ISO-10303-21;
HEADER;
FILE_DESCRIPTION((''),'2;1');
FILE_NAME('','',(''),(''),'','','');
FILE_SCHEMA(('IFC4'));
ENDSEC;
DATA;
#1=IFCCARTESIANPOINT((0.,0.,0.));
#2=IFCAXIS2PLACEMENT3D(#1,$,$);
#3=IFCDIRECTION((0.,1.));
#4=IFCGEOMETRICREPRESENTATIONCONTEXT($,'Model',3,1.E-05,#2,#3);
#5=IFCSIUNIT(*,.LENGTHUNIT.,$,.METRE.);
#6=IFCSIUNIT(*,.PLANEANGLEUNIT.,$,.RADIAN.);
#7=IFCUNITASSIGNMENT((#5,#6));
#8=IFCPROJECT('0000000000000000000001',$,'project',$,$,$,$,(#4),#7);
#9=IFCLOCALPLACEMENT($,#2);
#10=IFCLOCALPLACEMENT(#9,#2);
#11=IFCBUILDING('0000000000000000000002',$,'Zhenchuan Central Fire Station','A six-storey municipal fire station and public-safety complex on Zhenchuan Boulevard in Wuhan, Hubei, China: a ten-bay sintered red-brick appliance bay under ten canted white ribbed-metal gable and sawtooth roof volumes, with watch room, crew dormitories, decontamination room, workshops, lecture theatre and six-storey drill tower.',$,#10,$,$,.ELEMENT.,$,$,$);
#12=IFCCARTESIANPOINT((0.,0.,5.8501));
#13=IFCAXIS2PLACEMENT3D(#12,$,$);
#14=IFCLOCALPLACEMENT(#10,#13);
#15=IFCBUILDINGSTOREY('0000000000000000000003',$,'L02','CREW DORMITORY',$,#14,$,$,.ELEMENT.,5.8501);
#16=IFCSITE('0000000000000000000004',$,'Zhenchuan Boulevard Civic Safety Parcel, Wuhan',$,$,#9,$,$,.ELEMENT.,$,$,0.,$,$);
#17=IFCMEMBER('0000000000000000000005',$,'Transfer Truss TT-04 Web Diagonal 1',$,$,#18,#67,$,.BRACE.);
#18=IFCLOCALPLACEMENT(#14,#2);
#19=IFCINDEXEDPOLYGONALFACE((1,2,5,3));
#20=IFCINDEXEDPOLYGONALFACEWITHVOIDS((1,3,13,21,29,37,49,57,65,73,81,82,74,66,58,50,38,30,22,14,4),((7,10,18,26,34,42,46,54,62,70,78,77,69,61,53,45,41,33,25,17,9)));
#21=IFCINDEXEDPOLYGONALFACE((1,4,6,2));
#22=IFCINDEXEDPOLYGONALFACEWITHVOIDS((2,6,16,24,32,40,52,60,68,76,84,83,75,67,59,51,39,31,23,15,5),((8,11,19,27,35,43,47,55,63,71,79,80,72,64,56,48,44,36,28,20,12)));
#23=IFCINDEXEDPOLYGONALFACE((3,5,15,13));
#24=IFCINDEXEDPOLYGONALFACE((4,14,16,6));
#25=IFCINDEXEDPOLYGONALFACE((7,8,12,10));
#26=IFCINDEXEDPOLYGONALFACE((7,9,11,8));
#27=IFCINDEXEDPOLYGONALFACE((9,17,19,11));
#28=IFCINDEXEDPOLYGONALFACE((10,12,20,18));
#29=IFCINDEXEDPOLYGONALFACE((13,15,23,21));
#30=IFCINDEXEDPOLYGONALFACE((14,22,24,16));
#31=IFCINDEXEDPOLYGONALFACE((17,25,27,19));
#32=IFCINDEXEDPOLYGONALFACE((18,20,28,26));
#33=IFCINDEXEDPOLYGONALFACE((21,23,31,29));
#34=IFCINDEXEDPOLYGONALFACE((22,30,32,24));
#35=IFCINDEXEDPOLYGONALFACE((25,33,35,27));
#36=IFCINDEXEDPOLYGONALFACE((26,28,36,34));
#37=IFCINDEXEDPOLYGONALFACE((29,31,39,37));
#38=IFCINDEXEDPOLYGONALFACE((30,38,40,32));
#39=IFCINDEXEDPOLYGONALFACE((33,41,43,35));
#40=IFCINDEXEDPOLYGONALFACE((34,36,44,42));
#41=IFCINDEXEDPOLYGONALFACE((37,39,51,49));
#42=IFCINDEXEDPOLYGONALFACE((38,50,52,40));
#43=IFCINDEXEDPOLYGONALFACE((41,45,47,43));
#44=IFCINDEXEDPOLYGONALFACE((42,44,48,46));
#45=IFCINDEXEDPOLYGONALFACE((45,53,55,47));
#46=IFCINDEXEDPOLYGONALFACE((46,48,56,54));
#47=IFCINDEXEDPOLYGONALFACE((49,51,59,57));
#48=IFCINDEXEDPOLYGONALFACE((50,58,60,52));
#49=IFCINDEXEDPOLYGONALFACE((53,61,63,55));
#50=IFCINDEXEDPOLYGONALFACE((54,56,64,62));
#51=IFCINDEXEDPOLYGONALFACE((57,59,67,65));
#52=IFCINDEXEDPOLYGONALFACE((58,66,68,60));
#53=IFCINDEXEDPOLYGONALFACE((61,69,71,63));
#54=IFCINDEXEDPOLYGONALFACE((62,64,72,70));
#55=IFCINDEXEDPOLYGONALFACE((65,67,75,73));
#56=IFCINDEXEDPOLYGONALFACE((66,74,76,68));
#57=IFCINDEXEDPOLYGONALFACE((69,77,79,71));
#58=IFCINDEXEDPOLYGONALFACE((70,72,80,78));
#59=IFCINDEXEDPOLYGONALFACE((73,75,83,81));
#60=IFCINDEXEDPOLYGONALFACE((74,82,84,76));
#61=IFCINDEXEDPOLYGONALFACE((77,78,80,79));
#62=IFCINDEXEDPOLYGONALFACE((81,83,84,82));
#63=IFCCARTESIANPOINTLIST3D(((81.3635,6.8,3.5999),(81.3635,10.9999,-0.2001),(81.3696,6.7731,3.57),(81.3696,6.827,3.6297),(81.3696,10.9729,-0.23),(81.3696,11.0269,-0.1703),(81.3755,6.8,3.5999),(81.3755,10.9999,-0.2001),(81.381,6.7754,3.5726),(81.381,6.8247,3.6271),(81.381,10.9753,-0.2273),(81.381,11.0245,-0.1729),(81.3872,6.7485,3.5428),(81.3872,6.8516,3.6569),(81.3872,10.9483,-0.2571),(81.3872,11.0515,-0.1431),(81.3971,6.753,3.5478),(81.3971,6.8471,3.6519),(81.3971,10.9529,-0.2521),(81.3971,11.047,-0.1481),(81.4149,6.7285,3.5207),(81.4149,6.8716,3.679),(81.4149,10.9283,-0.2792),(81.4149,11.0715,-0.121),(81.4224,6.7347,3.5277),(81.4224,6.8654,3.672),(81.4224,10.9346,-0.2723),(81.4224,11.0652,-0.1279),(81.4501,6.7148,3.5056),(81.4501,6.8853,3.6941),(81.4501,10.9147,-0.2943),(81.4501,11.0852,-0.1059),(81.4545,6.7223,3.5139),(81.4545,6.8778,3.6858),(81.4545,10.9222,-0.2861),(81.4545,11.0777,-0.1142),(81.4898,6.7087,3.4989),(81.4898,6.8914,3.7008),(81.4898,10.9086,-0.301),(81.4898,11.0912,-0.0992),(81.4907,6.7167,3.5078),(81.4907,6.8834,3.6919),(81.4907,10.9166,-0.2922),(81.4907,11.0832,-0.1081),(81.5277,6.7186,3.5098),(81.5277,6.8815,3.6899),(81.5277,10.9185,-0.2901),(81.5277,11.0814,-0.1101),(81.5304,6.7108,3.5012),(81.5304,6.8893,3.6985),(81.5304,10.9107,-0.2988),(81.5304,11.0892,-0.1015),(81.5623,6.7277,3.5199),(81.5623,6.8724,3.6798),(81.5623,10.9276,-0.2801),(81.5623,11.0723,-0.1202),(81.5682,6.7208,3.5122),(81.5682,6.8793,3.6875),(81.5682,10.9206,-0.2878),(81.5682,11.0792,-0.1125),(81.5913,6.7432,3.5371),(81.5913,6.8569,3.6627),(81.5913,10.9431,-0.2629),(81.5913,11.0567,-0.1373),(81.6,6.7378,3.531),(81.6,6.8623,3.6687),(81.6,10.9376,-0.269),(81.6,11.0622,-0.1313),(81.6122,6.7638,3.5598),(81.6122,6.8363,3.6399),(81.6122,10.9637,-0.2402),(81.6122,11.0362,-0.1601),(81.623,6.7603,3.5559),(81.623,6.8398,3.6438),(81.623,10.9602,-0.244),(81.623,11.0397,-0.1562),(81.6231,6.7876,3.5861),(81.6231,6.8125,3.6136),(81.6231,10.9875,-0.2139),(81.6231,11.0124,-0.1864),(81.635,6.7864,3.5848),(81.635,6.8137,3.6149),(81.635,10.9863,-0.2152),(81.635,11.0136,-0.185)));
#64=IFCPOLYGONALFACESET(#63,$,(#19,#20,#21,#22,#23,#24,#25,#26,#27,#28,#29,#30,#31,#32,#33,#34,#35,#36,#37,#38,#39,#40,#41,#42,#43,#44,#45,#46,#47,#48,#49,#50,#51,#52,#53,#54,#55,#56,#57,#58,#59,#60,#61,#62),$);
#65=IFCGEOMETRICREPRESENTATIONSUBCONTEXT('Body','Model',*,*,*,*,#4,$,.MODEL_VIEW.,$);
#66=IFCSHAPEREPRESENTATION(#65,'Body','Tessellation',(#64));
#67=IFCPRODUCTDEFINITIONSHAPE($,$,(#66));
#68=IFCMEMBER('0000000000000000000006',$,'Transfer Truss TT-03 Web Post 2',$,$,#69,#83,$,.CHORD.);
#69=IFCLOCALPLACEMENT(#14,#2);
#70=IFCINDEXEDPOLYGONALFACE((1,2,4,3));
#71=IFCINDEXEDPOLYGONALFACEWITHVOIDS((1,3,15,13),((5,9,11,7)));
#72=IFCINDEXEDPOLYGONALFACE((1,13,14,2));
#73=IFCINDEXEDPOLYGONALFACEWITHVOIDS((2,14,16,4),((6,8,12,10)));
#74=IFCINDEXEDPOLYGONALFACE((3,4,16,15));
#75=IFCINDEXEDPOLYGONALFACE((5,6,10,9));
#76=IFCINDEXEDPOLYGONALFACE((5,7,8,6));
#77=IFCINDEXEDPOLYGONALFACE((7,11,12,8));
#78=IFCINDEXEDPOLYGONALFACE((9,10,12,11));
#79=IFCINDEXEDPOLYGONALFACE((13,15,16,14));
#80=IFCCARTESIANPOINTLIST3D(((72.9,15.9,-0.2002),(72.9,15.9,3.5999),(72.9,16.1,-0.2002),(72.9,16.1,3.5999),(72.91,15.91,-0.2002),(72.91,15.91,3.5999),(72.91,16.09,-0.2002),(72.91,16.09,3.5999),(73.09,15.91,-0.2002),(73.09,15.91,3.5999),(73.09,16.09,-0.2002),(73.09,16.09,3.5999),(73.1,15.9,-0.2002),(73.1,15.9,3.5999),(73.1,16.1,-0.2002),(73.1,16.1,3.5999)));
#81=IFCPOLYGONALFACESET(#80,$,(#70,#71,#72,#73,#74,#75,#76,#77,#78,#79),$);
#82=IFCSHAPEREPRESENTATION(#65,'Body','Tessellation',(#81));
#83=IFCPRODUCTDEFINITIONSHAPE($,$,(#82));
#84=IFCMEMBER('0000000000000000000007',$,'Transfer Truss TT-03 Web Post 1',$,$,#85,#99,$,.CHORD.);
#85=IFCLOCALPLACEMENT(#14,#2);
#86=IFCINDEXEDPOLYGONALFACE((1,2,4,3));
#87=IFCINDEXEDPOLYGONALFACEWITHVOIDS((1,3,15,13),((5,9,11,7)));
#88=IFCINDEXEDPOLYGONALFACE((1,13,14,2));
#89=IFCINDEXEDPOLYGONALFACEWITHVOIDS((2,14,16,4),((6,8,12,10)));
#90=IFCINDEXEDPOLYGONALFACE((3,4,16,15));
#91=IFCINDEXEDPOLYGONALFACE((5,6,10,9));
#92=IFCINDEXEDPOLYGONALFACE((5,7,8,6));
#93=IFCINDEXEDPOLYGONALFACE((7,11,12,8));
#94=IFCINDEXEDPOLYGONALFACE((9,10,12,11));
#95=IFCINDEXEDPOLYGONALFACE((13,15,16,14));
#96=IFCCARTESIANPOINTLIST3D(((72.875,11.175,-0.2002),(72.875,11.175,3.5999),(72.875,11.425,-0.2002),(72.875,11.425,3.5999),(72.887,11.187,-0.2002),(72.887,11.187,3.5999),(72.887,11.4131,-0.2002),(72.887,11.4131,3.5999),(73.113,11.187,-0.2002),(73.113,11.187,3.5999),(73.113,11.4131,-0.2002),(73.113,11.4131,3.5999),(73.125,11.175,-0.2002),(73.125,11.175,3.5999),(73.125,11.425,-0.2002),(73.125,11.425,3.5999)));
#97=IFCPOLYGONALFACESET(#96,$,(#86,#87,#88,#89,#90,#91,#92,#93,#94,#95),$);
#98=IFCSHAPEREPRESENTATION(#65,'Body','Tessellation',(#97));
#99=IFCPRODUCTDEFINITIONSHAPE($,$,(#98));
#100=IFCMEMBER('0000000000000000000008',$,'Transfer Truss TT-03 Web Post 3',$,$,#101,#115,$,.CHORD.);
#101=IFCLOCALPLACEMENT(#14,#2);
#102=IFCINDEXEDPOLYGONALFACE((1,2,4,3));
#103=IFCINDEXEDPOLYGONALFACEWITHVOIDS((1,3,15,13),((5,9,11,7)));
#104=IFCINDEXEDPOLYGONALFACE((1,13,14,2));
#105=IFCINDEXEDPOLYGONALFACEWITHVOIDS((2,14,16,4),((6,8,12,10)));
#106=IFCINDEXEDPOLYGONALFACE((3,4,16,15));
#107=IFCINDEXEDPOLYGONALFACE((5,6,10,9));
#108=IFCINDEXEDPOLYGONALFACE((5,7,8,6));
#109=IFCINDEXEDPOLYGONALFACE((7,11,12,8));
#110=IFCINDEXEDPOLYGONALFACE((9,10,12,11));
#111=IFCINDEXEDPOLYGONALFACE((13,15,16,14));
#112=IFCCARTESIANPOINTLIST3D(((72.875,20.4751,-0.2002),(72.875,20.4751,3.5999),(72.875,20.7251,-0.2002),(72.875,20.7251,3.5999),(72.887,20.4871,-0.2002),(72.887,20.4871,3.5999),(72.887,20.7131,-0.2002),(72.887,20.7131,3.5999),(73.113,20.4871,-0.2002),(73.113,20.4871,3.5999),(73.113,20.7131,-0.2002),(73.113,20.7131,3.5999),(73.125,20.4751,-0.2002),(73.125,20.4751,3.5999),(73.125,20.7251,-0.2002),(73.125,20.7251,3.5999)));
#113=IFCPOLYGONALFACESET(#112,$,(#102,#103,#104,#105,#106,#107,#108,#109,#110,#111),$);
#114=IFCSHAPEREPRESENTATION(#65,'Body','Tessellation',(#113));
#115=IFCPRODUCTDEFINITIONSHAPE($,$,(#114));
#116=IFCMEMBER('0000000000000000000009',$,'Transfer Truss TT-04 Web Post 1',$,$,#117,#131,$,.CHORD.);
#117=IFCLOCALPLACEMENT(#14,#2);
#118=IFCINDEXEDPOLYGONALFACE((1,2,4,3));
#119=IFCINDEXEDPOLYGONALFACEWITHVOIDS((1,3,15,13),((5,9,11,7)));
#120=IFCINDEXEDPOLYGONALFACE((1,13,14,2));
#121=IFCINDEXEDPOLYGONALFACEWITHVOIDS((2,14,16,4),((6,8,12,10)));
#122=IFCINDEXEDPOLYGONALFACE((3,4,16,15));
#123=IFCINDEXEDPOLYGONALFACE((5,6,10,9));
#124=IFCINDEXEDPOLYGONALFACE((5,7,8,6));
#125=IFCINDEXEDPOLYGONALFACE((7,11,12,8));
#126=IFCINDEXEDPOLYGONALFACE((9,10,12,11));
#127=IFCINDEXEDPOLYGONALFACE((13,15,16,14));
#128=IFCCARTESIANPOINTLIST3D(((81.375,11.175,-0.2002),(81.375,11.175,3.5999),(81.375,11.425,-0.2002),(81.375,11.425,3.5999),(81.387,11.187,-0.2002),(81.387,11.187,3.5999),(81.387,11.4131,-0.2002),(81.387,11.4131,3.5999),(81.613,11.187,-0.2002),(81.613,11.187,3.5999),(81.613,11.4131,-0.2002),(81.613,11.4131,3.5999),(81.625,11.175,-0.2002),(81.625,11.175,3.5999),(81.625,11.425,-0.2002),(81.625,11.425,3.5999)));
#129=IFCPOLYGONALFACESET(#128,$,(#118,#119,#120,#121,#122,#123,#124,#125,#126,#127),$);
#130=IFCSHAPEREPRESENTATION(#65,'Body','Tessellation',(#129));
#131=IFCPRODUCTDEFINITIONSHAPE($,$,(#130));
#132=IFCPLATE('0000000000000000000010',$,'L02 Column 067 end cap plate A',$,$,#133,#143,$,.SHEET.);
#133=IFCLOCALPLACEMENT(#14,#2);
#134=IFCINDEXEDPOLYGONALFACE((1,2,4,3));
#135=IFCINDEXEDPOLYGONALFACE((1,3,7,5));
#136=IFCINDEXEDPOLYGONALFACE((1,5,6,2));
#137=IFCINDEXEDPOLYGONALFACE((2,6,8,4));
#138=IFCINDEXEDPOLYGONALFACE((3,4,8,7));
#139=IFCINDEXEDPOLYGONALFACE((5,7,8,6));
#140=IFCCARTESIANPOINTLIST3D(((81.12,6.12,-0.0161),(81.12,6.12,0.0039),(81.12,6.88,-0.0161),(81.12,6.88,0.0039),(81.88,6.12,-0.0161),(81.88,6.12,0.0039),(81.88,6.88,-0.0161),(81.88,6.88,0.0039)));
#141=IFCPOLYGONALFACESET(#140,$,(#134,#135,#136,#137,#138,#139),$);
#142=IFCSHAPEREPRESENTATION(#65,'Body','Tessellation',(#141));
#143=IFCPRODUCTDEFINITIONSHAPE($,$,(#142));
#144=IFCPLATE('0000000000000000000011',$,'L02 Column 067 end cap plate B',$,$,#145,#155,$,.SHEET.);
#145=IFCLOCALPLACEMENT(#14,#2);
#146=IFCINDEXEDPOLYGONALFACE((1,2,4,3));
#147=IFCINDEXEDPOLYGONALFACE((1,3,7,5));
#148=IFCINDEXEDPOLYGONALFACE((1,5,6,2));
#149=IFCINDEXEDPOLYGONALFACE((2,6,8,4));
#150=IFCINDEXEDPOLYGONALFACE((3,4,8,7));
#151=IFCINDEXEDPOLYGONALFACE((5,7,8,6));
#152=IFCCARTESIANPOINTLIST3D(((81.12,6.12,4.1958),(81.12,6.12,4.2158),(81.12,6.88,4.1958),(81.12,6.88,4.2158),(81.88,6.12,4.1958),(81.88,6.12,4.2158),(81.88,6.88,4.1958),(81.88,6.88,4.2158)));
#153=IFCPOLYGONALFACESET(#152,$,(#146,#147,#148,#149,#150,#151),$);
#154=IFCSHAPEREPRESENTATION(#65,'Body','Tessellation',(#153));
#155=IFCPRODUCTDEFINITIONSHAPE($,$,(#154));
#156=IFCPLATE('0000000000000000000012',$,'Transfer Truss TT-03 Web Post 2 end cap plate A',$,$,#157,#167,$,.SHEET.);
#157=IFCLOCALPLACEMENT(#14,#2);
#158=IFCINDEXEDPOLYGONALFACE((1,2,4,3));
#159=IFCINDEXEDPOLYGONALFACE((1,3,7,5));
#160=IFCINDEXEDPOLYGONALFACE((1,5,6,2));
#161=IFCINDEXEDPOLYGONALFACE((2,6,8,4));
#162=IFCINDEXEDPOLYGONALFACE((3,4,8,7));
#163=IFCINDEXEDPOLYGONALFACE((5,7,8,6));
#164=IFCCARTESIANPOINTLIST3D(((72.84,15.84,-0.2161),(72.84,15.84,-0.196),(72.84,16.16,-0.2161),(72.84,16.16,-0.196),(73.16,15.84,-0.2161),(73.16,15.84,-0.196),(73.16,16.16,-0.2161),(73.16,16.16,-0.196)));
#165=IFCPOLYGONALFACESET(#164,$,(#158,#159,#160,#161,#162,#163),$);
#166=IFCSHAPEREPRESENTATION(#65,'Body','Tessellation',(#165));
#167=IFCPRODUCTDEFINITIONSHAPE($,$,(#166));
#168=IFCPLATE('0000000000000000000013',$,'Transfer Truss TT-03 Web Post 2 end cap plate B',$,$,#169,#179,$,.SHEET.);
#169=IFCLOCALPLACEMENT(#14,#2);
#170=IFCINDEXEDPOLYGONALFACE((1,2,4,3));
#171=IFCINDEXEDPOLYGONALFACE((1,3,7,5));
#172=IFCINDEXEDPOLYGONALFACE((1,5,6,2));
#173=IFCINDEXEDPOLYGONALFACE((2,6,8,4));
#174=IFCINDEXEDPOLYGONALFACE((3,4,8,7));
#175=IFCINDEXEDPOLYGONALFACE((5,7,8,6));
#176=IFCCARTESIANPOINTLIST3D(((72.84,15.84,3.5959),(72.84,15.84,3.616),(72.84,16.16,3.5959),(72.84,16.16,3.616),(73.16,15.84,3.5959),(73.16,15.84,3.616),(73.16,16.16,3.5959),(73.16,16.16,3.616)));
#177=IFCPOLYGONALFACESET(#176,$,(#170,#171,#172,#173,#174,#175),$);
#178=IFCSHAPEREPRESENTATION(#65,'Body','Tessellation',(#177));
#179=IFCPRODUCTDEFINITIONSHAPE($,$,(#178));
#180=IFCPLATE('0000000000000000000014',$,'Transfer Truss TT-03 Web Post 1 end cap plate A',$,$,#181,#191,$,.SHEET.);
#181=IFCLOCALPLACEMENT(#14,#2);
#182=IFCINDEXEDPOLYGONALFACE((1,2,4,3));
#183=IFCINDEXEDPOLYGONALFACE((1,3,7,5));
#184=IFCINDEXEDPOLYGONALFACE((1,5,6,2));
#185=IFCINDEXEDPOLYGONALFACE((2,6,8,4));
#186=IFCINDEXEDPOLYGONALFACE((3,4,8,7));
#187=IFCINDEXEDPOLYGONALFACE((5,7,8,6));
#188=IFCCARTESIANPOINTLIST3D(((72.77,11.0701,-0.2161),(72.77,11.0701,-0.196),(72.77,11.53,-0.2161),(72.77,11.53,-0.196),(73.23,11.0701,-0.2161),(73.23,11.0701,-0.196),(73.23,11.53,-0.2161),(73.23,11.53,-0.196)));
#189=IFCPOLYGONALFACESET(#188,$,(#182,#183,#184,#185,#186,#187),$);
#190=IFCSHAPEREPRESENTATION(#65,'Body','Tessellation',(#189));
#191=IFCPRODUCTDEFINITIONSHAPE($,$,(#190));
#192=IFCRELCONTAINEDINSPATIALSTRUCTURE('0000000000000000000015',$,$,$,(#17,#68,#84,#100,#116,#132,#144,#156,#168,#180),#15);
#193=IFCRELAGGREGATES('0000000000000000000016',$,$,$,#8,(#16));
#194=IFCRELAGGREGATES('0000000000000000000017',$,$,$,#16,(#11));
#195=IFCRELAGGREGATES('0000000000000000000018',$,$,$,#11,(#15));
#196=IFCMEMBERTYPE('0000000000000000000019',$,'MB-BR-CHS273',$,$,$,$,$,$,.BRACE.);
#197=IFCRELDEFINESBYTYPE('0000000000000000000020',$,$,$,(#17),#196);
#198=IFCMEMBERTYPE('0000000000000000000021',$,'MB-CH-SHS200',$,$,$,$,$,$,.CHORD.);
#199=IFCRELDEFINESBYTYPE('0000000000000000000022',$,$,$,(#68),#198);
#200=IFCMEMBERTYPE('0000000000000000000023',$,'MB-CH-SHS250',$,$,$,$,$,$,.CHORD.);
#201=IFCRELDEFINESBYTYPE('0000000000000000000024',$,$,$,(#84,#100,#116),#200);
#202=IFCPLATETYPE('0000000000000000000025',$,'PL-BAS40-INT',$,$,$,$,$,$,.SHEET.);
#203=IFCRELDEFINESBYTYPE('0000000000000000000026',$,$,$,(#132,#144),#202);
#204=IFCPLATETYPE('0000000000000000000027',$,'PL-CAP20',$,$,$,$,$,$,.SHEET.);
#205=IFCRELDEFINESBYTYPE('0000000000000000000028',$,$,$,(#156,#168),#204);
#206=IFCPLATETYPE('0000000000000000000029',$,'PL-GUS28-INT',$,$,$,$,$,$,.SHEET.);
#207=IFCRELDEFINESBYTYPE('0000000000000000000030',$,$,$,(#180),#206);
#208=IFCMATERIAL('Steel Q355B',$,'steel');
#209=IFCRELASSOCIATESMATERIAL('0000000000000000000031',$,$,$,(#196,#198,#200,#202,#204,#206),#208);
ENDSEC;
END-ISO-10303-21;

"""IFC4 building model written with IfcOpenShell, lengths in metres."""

from ifc_helpers import new_model, si_unit, direction, frame, origin, origin_2d, place, context, subcontext, project, spatial, rectangle, hollow_rectangle, hollow_circle, extrude, material, material_profile, profile_set, type_object, element, save


model = new_model("IFC4")

# Units and contexts
model_context = context("Model", 3, precision=1e-05, world=origin(), true_north=direction((0.0, 1.0)))
body_context = subcontext(model_context, "Body", "Model", "MODEL_VIEW")
ifc_project = project(units=[si_unit("LENGTHUNIT", "METRE"), si_unit("PLANEANGLEUNIT", "RADIAN")], contexts=[model_context])

# Site, building, storey
site_placement = place(None, origin())
site = spatial("IfcSite", under=ifc_project, at=site_placement, Name="Zhenchuan Boulevard Civic Safety Parcel, Wuhan", CompositionType="ELEMENT", RefElevation=0.0)
building_placement = place(site_placement, origin())
building = spatial("IfcBuilding", under=site, at=building_placement, Name="Zhenchuan Central Fire Station", Description="A six-storey municipal fire station and public-safety complex on Zhenchuan Boulevard in Wuhan, Hubei, China: a ten-bay sintered red-brick appliance bay under ten canted white ribbed-metal gable and sawtooth roof volumes, with watch room, crew dormitories, decontamination room, workshops, lecture theatre and six-storey drill tower.", CompositionType="ELEMENT")
storey_placement = place(building_placement, frame((0.0, 0.0, 5.8501)))
storey = spatial("IfcBuildingStorey", under=building, at=storey_placement, Name="L02", Description="CREW DORMITORY", CompositionType="ELEMENT", Elevation=5.8501)

# Shared definitions
ifc_material_1 = material(Name="Steel Q355B", Category="steel")

# Members
ifc_material_profile_1 = material_profile(ifc_material_1, hollow_circle(Radius=0.1365, WallThickness=0.012, at=origin_2d()), Name="CHS 273x12")
ifc_profile_set_1 = profile_set([ifc_material_profile_1], Name="Steel Q355B")
member_type_1 = type_object("IfcMemberType", Name="MB-BR-CHS273", PredefinedType="BRACE", material=ifc_profile_set_1)
member_1_placement = place(storey_placement, frame((81.5, 6.8, 3.5999), z_axis=(0.0, 0.741528, -0.670922), x_axis=(-1.0, 0.0, 0.0)))
element("IfcMember", 1, at=member_1_placement, inside=storey, type_object=member_type_1, Name="Transfer Truss TT-04 Web Diagonal 1", PredefinedType="BRACE", context=body_context, shape_type="SweptSolid", body=[
    extrude(hollow_circle(Radius=0.1365, WallThickness=0.012, at=origin_2d()), origin(), (0.0, 0.0, 1.0), 5.6638),
])
ifc_material_profile_2 = material_profile(ifc_material_1, hollow_rectangle(XDim=0.2, YDim=0.2, WallThickness=0.01, at=origin_2d()), Name="SHS 200x200x10")
ifc_profile_set_2 = profile_set([ifc_material_profile_2], Name="Steel Q355B")
member_type_2 = type_object("IfcMemberType", Name="MB-CH-SHS200", PredefinedType="CHORD", material=ifc_profile_set_2)
member_2_placement = place(storey_placement, frame((73.0, 16.0, -0.2002), z_axis=(0.0, 0.0, 1.0), x_axis=(1.0, 0.0, 0.0)))
element("IfcMember", 2, at=member_2_placement, inside=storey, type_object=member_type_2, Name="Transfer Truss TT-03 Web Post 2", PredefinedType="CHORD", context=body_context, shape_type="SweptSolid", body=[
    extrude(hollow_rectangle(XDim=0.2, YDim=0.2, WallThickness=0.01, at=origin_2d()), origin(), (0.0, 0.0, 1.0), 3.8),
])
ifc_material_profile_3 = material_profile(ifc_material_1, hollow_rectangle(XDim=0.25, YDim=0.25, WallThickness=0.012, at=origin_2d()), Name="SHS 250x250x12")
ifc_profile_set_3 = profile_set([ifc_material_profile_3], Name="Steel Q355B")
member_type_3 = type_object("IfcMemberType", Name="MB-CH-SHS250", PredefinedType="CHORD", material=ifc_profile_set_3)
for number, where, z_axis, x_axis, name in (
    (3, (73.0, 11.3, -0.2002), (0.0, 0.0, 1.0), (1.0, 0.0, 0.0), "Transfer Truss TT-03 Web Post 1"),
    (4, (73.0, 20.6001, -0.2002), (0.0, 0.0, 1.0), (1.0, 0.0, 0.0), "Transfer Truss TT-03 Web Post 3"),
    (5, (81.5, 11.3, -0.2002), (0.0, 0.0, 1.0), (1.0, 0.0, 0.0), "Transfer Truss TT-04 Web Post 1"),
):
    element("IfcMember", number, at=place(storey_placement, frame(where, z_axis=z_axis, x_axis=x_axis)), inside=storey, type_object=member_type_3, Name=name, PredefinedType="CHORD", context=body_context, shape_type="SweptSolid", body=[
        extrude(hollow_rectangle(XDim=0.25, YDim=0.25, WallThickness=0.012, at=origin_2d()), origin(), (0.0, 0.0, 1.0), 3.8),
    ])

# Plates
ifc_material_profile_4 = material_profile(ifc_material_1, rectangle(XDim=0.76, YDim=0.76, at=origin_2d()), Name="PL 760x760x40")
ifc_profile_set_4 = profile_set([ifc_material_profile_4], Name="Steel Q355B")
plate_type_1 = type_object("IfcPlateType", Name="PL-BAS40-INT", PredefinedType="SHEET", material=ifc_profile_set_4)
for number, where, z_axis, x_axis, name in (
    (6, (81.5, 6.5, -0.0161), (0.0, 0.0, 1.0), (1.0, 0.0, 0.0), "L02 Column 067 end cap plate A"),
    (7, (81.5, 6.5, 4.1958), (0.0, 0.0, 1.0), (1.0, 0.0, 0.0), "L02 Column 067 end cap plate B"),
):
    element("IfcPlate", number, at=place(storey_placement, frame(where, z_axis=z_axis, x_axis=x_axis)), inside=storey, type_object=plate_type_1, Name=name, PredefinedType="SHEET", context=body_context, shape_type="SweptSolid", body=[
        extrude(rectangle(XDim=0.76, YDim=0.76, at=origin_2d()), origin(), (0.0, 0.0, 1.0), 0.02),
    ])
ifc_material_profile_5 = material_profile(ifc_material_1, rectangle(XDim=0.3201, YDim=0.3201, at=origin_2d()), Name="PL 320x320x20")
ifc_profile_set_5 = profile_set([ifc_material_profile_5], Name="Steel Q355B")
plate_type_2 = type_object("IfcPlateType", Name="PL-CAP20", PredefinedType="SHEET", material=ifc_profile_set_5)
for number, where, z_axis, x_axis, name in (
    (8, (73.0, 16.0, -0.2161), (0.0, 0.0, 1.0), (1.0, 0.0, 0.0), "Transfer Truss TT-03 Web Post 2 end cap plate A"),
    (9, (73.0, 16.0, 3.5959), (0.0, 0.0, 1.0), (1.0, 0.0, 0.0), "Transfer Truss TT-03 Web Post 2 end cap plate B"),
):
    element("IfcPlate", number, at=place(storey_placement, frame(where, z_axis=z_axis, x_axis=x_axis)), inside=storey, type_object=plate_type_2, Name=name, PredefinedType="SHEET", context=body_context, shape_type="SweptSolid", body=[
        extrude(rectangle(XDim=0.3201, YDim=0.3201, at=origin_2d()), origin(), (0.0, 0.0, 1.0), 0.02),
    ])
ifc_material_profile_6 = material_profile(ifc_material_1, rectangle(XDim=0.46, YDim=0.46, at=origin_2d()), Name="PL 460x460x28")
ifc_profile_set_6 = profile_set([ifc_material_profile_6], Name="Steel Q355B")
plate_type_3 = type_object("IfcPlateType", Name="PL-GUS28-INT", PredefinedType="SHEET", material=ifc_profile_set_6)
for number, where, z_axis, x_axis, name in (
    (10, (73.0, 11.3, -0.2161), (0.0, 0.0, 1.0), (1.0, 0.0, 0.0), "Transfer Truss TT-03 Web Post 1 end cap plate A"),
):
    element("IfcPlate", number, at=place(storey_placement, frame(where, z_axis=z_axis, x_axis=x_axis)), inside=storey, type_object=plate_type_3, Name=name, PredefinedType="SHEET", context=body_context, shape_type="SweptSolid", body=[
        extrude(rectangle(XDim=0.46, YDim=0.46, at=origin_2d()), origin(), (0.0, 0.0, 1.0), 0.02),
    ])

save(model, "model.ifc")
